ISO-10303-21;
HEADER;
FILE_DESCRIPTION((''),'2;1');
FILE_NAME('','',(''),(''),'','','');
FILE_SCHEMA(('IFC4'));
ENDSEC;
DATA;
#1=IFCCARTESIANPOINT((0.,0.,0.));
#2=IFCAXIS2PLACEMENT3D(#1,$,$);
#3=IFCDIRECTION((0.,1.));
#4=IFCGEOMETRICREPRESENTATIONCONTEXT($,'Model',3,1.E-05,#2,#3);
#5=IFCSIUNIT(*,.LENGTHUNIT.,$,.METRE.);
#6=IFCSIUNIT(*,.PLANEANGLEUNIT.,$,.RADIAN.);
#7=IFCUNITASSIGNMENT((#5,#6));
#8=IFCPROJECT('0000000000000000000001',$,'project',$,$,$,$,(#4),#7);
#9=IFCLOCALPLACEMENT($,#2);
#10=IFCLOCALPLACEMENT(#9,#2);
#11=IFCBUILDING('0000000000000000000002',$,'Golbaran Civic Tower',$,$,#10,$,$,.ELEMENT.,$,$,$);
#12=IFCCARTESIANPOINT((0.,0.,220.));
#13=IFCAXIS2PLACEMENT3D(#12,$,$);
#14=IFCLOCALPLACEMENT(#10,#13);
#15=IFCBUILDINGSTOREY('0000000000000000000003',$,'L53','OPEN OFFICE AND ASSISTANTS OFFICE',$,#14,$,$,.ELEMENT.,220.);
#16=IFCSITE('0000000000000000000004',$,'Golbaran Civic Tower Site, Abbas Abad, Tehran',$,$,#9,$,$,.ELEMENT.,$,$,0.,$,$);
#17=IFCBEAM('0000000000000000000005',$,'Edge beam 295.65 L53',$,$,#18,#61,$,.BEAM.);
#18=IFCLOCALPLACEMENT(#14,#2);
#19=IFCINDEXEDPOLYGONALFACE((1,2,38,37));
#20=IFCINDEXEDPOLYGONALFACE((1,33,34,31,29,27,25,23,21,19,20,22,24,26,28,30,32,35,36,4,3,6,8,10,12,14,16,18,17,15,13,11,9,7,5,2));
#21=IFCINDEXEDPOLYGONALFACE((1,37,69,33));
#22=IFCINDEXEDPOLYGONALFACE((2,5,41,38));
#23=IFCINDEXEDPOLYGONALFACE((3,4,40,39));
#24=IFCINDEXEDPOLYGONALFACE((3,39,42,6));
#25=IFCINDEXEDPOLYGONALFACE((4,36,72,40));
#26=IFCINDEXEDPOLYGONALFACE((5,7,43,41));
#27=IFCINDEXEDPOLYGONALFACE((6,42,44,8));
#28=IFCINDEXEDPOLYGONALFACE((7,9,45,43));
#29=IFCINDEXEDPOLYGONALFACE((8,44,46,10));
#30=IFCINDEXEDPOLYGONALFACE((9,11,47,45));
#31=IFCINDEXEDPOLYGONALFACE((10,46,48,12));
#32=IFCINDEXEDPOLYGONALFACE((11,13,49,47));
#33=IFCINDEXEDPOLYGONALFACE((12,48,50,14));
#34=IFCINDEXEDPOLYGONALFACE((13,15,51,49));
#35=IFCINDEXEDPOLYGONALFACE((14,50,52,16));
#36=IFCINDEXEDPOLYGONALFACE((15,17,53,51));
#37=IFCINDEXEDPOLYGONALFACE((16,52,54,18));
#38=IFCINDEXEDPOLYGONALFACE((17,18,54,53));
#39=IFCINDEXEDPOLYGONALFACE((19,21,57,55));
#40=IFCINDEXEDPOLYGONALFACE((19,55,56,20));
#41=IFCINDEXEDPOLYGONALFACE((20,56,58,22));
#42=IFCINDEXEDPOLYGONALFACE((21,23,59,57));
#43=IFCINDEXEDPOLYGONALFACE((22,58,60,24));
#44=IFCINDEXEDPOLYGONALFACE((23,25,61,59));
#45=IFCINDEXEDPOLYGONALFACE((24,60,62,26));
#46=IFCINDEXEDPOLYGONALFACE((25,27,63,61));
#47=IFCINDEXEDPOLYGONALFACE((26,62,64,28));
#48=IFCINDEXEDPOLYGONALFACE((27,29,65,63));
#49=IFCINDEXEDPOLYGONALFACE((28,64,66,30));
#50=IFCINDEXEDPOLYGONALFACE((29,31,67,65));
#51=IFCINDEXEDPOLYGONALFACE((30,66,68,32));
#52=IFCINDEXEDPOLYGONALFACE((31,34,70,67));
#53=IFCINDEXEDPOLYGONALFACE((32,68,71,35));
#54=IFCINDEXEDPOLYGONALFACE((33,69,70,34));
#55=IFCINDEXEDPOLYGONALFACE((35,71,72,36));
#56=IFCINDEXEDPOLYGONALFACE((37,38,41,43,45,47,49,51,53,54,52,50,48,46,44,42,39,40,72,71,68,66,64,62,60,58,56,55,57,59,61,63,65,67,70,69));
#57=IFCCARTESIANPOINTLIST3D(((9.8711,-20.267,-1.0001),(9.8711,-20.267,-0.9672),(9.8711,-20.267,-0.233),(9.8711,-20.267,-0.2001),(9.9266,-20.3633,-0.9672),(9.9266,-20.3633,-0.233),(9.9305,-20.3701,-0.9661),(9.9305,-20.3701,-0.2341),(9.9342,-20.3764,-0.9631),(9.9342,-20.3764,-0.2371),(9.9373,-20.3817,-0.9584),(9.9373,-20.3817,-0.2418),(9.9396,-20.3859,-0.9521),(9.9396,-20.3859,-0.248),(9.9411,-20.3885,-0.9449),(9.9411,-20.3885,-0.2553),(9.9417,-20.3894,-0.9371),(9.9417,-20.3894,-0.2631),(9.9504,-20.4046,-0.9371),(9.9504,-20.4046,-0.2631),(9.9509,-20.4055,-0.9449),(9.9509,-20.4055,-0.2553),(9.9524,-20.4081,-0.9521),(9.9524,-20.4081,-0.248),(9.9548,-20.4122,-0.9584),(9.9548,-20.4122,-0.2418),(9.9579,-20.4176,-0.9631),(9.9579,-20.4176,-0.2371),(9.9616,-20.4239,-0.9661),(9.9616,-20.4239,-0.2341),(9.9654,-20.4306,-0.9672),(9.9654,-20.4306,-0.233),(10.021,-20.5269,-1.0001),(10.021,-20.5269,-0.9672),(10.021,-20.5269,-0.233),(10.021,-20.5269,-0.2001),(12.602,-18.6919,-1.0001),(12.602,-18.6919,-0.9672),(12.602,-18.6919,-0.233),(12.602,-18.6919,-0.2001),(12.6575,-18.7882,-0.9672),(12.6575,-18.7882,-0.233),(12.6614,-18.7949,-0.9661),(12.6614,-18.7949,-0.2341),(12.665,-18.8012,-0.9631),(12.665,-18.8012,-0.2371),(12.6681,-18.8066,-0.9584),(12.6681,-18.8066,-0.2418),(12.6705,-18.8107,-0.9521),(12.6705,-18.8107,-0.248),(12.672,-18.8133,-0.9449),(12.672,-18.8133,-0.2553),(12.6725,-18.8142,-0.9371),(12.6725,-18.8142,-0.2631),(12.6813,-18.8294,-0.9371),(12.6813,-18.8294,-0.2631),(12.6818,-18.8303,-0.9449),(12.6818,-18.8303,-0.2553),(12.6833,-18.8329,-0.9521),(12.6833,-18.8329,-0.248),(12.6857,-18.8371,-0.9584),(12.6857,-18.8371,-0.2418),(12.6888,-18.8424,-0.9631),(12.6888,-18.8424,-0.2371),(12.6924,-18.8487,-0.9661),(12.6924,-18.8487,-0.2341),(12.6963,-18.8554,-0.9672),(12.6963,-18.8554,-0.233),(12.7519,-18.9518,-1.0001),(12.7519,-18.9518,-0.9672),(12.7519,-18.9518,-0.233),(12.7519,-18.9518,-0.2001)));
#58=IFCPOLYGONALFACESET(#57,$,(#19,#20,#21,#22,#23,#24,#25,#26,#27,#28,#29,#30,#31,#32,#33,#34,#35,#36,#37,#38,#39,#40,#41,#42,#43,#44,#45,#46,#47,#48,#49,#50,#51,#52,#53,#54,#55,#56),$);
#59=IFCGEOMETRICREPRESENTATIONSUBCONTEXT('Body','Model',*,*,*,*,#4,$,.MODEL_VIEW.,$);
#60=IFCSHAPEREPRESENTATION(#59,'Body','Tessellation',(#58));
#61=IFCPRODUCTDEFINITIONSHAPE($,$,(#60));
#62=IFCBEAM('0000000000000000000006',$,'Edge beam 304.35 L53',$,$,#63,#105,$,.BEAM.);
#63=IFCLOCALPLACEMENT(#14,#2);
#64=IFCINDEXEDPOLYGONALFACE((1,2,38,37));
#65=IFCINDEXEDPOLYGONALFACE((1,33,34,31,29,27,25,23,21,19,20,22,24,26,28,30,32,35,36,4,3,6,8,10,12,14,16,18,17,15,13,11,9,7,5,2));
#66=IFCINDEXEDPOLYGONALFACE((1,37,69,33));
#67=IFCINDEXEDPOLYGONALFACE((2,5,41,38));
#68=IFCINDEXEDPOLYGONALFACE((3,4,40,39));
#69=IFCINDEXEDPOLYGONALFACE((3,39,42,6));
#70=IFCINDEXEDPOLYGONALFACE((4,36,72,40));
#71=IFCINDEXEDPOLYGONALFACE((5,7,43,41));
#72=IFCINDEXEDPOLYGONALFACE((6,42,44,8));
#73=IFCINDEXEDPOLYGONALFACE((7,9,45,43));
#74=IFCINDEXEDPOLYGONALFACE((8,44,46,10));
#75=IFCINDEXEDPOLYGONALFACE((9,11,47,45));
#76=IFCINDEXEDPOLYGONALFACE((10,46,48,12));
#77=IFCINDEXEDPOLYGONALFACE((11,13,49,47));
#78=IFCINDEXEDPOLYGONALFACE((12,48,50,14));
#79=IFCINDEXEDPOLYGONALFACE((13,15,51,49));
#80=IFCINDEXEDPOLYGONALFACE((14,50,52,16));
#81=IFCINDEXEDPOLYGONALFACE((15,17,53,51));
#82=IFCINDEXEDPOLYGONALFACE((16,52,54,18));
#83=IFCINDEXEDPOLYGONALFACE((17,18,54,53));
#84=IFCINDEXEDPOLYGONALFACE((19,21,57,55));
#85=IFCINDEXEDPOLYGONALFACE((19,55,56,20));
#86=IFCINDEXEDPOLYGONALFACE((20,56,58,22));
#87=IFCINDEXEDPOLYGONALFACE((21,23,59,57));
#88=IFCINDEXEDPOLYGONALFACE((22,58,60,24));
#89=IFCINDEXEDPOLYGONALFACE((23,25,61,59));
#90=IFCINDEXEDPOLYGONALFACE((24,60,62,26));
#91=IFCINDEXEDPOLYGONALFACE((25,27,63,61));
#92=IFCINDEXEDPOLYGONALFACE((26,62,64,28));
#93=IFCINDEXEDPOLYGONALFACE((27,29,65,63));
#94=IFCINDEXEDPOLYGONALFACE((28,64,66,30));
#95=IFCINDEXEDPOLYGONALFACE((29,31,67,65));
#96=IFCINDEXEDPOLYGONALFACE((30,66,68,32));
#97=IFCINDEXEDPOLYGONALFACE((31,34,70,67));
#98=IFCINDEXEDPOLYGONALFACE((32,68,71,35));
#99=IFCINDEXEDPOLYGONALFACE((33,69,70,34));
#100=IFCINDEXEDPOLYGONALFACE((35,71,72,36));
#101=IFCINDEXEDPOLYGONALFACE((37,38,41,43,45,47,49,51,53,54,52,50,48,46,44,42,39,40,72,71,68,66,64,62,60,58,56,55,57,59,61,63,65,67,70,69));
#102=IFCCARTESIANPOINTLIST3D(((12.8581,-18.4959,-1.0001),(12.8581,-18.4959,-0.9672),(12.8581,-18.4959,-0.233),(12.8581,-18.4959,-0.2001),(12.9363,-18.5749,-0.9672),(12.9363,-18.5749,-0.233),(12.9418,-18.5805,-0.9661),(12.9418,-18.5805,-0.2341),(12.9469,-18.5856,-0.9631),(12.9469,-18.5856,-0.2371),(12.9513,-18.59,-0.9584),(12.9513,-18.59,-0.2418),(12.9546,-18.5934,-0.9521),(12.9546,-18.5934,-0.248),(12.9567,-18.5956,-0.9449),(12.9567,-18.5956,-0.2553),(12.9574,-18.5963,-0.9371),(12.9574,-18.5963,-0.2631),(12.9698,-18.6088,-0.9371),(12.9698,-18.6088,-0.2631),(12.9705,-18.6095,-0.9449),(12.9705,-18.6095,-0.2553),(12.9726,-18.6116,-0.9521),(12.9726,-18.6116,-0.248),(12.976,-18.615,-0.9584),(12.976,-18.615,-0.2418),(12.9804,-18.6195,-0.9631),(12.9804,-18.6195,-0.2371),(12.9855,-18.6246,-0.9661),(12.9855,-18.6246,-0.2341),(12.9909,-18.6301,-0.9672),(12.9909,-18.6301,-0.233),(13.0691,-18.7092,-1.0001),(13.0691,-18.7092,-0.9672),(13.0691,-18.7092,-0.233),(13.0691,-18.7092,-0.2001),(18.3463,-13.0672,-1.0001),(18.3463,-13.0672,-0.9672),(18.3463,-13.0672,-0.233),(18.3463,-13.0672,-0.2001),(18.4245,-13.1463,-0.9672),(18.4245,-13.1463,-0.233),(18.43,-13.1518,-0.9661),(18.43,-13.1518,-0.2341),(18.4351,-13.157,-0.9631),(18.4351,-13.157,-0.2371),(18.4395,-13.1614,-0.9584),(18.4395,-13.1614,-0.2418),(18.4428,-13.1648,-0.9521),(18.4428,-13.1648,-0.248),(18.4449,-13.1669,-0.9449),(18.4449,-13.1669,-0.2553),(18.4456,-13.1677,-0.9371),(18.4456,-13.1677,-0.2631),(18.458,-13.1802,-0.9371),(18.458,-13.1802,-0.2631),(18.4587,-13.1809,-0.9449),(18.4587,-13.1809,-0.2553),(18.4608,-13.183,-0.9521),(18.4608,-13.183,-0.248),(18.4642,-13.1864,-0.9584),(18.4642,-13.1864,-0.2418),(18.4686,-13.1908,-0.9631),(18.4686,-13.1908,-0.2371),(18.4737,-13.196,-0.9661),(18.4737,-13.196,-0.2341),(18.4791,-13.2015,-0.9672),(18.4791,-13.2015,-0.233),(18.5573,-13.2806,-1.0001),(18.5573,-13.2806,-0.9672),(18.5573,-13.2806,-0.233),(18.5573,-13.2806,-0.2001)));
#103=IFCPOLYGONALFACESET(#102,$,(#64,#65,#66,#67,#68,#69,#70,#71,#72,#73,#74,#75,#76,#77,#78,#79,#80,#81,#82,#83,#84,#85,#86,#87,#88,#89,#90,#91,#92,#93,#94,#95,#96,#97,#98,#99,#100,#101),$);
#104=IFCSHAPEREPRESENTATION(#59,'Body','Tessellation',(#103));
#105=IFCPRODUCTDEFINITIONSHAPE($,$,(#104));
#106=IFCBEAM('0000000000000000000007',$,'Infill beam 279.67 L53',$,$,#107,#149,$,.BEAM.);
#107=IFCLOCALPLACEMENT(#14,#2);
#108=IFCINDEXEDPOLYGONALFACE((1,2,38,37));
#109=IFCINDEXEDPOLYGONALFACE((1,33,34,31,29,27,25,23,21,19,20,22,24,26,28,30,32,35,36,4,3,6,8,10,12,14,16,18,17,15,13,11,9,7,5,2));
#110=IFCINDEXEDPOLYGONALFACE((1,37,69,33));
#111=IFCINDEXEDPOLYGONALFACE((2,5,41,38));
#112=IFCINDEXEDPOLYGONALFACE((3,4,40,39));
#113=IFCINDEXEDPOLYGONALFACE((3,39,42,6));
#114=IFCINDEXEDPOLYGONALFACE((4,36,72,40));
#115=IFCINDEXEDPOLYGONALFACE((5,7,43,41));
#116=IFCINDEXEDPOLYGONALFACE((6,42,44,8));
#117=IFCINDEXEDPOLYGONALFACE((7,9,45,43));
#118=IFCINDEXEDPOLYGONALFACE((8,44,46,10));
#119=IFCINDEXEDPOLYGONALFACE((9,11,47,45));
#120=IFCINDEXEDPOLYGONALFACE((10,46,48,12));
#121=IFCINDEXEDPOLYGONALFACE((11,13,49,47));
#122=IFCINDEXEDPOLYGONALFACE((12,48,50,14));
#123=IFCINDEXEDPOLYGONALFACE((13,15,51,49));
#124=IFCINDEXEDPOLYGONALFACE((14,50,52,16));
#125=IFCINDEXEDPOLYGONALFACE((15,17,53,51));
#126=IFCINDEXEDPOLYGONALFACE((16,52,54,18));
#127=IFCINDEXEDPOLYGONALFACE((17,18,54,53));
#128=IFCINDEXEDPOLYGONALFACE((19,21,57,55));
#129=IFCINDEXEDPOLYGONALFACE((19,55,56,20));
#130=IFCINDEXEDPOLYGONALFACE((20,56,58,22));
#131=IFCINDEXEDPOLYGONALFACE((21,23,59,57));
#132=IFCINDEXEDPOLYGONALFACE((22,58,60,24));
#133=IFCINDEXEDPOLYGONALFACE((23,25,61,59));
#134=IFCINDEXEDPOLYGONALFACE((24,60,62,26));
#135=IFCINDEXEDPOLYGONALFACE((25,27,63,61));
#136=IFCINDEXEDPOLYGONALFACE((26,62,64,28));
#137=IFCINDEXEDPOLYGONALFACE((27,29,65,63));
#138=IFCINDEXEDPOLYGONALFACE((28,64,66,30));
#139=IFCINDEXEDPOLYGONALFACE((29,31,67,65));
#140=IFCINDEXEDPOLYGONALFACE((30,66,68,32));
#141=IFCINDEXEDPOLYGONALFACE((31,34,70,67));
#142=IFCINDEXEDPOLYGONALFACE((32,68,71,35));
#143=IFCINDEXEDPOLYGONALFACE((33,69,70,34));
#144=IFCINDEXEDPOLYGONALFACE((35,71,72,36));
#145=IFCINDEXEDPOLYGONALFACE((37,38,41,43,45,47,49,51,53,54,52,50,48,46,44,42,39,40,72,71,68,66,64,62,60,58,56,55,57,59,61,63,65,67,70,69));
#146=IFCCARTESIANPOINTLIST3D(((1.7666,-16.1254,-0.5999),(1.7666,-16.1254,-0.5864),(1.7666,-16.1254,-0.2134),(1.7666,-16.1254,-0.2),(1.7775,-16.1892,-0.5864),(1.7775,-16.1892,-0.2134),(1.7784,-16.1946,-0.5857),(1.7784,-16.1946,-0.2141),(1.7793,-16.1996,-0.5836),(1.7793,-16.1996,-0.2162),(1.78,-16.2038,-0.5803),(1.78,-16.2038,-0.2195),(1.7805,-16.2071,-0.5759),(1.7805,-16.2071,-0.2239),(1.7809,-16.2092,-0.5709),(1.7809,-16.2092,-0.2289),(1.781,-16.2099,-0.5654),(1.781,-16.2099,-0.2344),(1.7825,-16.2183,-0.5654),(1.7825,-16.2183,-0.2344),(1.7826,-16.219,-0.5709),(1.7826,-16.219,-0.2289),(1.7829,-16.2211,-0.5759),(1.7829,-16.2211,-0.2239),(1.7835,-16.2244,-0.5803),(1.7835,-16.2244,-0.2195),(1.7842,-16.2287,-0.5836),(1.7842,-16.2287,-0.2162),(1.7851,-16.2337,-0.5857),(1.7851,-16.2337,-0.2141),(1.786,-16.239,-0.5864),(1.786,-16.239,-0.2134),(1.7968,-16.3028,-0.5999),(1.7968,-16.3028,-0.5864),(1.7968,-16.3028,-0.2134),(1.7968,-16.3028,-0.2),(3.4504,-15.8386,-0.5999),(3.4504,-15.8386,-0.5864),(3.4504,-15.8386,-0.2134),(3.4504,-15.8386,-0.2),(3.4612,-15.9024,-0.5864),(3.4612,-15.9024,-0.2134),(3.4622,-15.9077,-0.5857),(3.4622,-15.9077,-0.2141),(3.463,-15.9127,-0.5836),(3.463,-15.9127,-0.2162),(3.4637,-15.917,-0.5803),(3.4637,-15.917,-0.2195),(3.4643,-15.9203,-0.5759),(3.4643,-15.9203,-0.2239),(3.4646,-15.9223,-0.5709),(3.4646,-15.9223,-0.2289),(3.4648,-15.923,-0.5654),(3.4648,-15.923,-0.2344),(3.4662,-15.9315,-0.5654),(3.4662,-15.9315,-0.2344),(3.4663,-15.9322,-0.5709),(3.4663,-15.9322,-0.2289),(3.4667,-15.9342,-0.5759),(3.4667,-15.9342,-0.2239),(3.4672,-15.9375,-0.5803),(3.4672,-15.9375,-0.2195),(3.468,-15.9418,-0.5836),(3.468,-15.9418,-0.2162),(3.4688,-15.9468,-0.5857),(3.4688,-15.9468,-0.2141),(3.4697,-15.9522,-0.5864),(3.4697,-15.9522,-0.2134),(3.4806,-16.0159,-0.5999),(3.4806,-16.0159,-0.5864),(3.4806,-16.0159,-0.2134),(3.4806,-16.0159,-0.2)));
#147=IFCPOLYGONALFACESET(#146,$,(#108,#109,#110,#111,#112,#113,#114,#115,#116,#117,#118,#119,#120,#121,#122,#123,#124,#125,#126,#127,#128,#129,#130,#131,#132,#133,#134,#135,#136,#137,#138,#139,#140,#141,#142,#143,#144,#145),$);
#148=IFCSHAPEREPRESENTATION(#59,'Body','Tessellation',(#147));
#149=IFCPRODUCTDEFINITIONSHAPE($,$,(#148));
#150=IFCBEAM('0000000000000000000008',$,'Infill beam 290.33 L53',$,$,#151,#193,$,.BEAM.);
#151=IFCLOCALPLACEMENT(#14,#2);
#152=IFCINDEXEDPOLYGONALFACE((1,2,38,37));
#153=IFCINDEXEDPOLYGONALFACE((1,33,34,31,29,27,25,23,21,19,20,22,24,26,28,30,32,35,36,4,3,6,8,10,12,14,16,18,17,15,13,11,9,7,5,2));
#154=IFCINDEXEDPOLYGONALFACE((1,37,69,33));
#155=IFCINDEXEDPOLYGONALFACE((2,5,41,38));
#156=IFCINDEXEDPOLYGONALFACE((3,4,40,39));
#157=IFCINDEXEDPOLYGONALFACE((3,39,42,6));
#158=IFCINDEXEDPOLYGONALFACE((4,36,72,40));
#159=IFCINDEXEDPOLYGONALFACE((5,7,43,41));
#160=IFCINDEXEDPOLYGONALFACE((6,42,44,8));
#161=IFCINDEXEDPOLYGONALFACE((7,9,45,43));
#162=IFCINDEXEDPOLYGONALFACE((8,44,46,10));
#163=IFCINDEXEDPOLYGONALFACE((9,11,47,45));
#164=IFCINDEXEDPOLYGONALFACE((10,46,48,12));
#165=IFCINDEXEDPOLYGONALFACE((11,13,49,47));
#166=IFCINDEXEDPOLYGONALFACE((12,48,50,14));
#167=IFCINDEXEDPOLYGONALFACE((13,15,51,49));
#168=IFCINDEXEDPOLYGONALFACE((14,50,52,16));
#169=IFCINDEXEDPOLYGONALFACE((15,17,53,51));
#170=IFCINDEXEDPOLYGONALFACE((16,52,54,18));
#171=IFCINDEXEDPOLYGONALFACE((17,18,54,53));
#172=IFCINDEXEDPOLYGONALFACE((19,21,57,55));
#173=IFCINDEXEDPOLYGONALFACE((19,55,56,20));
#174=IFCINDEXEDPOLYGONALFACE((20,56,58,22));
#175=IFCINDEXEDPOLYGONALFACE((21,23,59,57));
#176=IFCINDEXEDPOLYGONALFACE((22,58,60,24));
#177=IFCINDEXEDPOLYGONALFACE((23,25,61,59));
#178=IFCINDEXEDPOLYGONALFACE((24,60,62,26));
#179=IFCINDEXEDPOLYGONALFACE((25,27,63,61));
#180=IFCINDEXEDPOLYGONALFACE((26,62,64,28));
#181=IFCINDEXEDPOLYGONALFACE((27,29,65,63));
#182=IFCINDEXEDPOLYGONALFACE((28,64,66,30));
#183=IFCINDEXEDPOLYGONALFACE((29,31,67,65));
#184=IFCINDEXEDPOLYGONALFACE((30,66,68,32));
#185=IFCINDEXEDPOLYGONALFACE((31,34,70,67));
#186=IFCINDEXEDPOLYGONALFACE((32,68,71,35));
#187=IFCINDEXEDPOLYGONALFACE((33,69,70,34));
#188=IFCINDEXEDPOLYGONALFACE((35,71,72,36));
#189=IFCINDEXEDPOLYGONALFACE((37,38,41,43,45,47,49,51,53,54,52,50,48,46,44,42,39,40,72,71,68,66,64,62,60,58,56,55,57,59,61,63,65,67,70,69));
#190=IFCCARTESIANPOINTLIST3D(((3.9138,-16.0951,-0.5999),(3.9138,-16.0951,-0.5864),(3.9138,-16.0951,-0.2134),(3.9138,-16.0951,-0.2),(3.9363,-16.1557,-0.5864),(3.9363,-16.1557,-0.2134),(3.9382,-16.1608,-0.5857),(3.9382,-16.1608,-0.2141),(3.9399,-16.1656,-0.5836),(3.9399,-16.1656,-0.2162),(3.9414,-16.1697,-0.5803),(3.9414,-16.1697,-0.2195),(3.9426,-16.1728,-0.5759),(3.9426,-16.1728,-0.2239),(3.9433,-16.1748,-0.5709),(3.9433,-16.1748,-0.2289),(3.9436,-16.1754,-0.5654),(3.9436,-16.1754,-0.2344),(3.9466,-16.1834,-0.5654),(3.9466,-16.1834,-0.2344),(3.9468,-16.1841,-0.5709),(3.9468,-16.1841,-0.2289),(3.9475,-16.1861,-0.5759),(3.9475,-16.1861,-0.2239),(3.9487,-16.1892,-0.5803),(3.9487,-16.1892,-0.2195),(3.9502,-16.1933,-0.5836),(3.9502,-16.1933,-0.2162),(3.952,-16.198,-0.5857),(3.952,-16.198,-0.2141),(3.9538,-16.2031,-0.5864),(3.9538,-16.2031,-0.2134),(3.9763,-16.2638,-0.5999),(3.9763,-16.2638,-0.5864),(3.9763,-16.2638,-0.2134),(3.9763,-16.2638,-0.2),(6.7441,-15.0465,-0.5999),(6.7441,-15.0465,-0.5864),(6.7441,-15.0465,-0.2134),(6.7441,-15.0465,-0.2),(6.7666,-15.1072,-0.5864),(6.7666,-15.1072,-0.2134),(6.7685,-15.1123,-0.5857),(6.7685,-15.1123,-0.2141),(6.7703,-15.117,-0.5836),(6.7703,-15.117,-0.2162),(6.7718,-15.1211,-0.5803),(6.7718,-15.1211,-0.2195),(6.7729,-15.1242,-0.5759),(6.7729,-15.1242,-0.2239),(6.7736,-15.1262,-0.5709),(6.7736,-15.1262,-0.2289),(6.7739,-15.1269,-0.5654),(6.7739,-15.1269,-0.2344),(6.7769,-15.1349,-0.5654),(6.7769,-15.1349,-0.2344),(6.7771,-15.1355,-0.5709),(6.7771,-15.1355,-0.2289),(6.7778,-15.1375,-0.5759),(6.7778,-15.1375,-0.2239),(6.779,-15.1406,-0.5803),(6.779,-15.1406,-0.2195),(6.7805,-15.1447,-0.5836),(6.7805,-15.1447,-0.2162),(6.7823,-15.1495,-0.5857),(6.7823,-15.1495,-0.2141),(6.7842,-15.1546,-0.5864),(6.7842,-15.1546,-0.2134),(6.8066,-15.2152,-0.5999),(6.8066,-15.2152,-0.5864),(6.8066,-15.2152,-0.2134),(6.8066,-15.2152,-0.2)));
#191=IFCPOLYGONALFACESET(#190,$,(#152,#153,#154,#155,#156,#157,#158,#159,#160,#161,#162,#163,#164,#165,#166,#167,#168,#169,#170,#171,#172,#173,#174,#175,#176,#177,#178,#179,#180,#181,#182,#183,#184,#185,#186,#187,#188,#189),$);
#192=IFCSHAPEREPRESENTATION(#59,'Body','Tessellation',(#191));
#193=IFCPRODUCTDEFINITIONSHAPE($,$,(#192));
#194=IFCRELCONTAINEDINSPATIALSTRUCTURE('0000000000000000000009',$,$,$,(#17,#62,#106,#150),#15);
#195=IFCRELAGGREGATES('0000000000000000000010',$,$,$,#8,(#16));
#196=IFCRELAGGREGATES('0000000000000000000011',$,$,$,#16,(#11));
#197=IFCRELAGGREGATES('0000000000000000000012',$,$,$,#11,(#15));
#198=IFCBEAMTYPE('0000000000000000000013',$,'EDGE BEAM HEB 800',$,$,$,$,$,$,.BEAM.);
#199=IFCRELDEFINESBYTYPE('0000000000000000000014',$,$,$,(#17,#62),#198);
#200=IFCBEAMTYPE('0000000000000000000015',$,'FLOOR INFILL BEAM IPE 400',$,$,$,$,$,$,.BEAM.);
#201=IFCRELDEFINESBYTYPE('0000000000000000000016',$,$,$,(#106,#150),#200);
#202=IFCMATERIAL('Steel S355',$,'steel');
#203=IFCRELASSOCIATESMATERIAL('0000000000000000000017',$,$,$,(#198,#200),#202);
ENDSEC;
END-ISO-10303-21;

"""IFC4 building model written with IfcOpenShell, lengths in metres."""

from ifc_helpers import new_model, si_unit, direction, frame, origin, origin_2d, place, context, subcontext, project, spatial, i_section, extrude, material, material_profile, profile_set, type_object, element, save


model = new_model("IFC4")

# Units and contexts
model_context = context("Model", 3, precision=1e-05, world=origin(), true_north=direction((0.0, 1.0)))
body_context = subcontext(model_context, "Body", "Model", "MODEL_VIEW")
ifc_project = project(units=[si_unit("LENGTHUNIT", "METRE"), si_unit("PLANEANGLEUNIT", "RADIAN")], contexts=[model_context])

# Site, building, storey
site_placement = place(None, origin())
site = spatial("IfcSite", under=ifc_project, at=site_placement, Name="Golbaran Civic Tower Site, Abbas Abad, Tehran", CompositionType="ELEMENT", RefElevation=0.0)
building_placement = place(site_placement, origin())
building = spatial("IfcBuilding", under=site, at=building_placement, Name="Golbaran Civic Tower", CompositionType="ELEMENT")
storey_placement = place(building_placement, frame((0.0, 0.0, 220.0)))
storey = spatial("IfcBuildingStorey", under=building, at=storey_placement, Name="L53", Description="OPEN OFFICE AND ASSISTANTS OFFICE", CompositionType="ELEMENT", Elevation=220.0)

# Beams
ifc_material_1 = material(Name="Steel S355", Category="steel")
ifc_material_profile_1 = material_profile(ifc_material_1, i_section(OverallWidth=0.3, OverallDepth=0.8, WebThickness=0.0176, FlangeThickness=0.033, FilletRadius=0.03, at=origin_2d()), Name="HEB 800")
ifc_profile_set_1 = profile_set([ifc_material_profile_1], Name="Steel S355")
beam_type_1 = type_object("IfcBeamType", Name="EDGE BEAM HEB 800", PredefinedType="BEAM", material=ifc_profile_set_1)
beam_1_placement = place(storey_placement, frame((9.946, -20.397, -0.6001), z_axis=(0.866235, 0.499638, 0.0), x_axis=(-0.499638, 0.866235, 0.0)))
element("IfcBeam", 1, at=beam_1_placement, inside=storey, type_object=beam_type_1, Name="Edge beam 295.65 L53", PredefinedType="BEAM", context=body_context, shape_type="SweptSolid", body=[
    extrude(i_section(OverallWidth=0.3, OverallDepth=0.8, WebThickness=0.0176, FlangeThickness=0.033, FilletRadius=0.03, at=origin_2d()), origin(), (0.0, 0.0, 1.0), 3.1526),
])
beam_2_placement = place(storey_placement, frame((12.9636, -18.6025, -0.6001), z_axis=(0.710955, 0.703238, 0.0), x_axis=(-0.703238, 0.710955, 0.0)))
element("IfcBeam", 2, at=beam_2_placement, inside=storey, type_object=beam_type_1, Name="Edge beam 304.35 L53", PredefinedType="BEAM", context=body_context, shape_type="SweptSolid", body=[
    extrude(i_section(OverallWidth=0.3, OverallDepth=0.8, WebThickness=0.0176, FlangeThickness=0.033, FilletRadius=0.03, at=origin_2d()), origin(), (0.0, 0.0, 1.0), 7.7195),
])
ifc_material_profile_2 = material_profile(ifc_material_1, i_section(OverallWidth=0.1799, OverallDepth=0.3999, WebThickness=0.0085, FlangeThickness=0.0134, FilletRadius=0.021, at=origin_2d()), Name="IPE 400")
ifc_profile_set_2 = profile_set([ifc_material_profile_2], Name="Steel S355")
beam_type_2 = type_object("IfcBeamType", Name="FLOOR INFILL BEAM IPE 400", PredefinedType="BEAM", material=ifc_profile_set_2)
beam_3_placement = place(storey_placement, frame((1.7817, -16.2141, -0.3999), z_axis=(0.985797, 0.167944, 0.0), x_axis=(-0.167944, 0.985797, 0.0)))
element("IfcBeam", 3, at=beam_3_placement, inside=storey, type_object=beam_type_2, Name="Infill beam 279.67 L53", PredefinedType="BEAM", context=body_context, shape_type="SweptSolid", body=[
    extrude(i_section(OverallWidth=0.1799, OverallDepth=0.3999, WebThickness=0.0085, FlangeThickness=0.0134, FilletRadius=0.021, at=origin_2d()), origin(), (0.0, 0.0, 1.0), 1.708),
])
beam_4_placement = place(storey_placement, frame((3.9451, -16.1794, -0.3999), z_axis=(0.937715, 0.347407, 0.0), x_axis=(-0.347407, 0.937715, 0.0)))
element("IfcBeam", 4, at=beam_4_placement, inside=storey, type_object=beam_type_2, Name="Infill beam 290.33 L53", PredefinedType="BEAM", context=body_context, shape_type="SweptSolid", body=[
    extrude(i_section(OverallWidth=0.1799, OverallDepth=0.3999, WebThickness=0.0085, FlangeThickness=0.0134, FilletRadius=0.021, at=origin_2d()), origin(), (0.0, 0.0, 1.0), 3.0183),
])

save(model, "model.ifc")
